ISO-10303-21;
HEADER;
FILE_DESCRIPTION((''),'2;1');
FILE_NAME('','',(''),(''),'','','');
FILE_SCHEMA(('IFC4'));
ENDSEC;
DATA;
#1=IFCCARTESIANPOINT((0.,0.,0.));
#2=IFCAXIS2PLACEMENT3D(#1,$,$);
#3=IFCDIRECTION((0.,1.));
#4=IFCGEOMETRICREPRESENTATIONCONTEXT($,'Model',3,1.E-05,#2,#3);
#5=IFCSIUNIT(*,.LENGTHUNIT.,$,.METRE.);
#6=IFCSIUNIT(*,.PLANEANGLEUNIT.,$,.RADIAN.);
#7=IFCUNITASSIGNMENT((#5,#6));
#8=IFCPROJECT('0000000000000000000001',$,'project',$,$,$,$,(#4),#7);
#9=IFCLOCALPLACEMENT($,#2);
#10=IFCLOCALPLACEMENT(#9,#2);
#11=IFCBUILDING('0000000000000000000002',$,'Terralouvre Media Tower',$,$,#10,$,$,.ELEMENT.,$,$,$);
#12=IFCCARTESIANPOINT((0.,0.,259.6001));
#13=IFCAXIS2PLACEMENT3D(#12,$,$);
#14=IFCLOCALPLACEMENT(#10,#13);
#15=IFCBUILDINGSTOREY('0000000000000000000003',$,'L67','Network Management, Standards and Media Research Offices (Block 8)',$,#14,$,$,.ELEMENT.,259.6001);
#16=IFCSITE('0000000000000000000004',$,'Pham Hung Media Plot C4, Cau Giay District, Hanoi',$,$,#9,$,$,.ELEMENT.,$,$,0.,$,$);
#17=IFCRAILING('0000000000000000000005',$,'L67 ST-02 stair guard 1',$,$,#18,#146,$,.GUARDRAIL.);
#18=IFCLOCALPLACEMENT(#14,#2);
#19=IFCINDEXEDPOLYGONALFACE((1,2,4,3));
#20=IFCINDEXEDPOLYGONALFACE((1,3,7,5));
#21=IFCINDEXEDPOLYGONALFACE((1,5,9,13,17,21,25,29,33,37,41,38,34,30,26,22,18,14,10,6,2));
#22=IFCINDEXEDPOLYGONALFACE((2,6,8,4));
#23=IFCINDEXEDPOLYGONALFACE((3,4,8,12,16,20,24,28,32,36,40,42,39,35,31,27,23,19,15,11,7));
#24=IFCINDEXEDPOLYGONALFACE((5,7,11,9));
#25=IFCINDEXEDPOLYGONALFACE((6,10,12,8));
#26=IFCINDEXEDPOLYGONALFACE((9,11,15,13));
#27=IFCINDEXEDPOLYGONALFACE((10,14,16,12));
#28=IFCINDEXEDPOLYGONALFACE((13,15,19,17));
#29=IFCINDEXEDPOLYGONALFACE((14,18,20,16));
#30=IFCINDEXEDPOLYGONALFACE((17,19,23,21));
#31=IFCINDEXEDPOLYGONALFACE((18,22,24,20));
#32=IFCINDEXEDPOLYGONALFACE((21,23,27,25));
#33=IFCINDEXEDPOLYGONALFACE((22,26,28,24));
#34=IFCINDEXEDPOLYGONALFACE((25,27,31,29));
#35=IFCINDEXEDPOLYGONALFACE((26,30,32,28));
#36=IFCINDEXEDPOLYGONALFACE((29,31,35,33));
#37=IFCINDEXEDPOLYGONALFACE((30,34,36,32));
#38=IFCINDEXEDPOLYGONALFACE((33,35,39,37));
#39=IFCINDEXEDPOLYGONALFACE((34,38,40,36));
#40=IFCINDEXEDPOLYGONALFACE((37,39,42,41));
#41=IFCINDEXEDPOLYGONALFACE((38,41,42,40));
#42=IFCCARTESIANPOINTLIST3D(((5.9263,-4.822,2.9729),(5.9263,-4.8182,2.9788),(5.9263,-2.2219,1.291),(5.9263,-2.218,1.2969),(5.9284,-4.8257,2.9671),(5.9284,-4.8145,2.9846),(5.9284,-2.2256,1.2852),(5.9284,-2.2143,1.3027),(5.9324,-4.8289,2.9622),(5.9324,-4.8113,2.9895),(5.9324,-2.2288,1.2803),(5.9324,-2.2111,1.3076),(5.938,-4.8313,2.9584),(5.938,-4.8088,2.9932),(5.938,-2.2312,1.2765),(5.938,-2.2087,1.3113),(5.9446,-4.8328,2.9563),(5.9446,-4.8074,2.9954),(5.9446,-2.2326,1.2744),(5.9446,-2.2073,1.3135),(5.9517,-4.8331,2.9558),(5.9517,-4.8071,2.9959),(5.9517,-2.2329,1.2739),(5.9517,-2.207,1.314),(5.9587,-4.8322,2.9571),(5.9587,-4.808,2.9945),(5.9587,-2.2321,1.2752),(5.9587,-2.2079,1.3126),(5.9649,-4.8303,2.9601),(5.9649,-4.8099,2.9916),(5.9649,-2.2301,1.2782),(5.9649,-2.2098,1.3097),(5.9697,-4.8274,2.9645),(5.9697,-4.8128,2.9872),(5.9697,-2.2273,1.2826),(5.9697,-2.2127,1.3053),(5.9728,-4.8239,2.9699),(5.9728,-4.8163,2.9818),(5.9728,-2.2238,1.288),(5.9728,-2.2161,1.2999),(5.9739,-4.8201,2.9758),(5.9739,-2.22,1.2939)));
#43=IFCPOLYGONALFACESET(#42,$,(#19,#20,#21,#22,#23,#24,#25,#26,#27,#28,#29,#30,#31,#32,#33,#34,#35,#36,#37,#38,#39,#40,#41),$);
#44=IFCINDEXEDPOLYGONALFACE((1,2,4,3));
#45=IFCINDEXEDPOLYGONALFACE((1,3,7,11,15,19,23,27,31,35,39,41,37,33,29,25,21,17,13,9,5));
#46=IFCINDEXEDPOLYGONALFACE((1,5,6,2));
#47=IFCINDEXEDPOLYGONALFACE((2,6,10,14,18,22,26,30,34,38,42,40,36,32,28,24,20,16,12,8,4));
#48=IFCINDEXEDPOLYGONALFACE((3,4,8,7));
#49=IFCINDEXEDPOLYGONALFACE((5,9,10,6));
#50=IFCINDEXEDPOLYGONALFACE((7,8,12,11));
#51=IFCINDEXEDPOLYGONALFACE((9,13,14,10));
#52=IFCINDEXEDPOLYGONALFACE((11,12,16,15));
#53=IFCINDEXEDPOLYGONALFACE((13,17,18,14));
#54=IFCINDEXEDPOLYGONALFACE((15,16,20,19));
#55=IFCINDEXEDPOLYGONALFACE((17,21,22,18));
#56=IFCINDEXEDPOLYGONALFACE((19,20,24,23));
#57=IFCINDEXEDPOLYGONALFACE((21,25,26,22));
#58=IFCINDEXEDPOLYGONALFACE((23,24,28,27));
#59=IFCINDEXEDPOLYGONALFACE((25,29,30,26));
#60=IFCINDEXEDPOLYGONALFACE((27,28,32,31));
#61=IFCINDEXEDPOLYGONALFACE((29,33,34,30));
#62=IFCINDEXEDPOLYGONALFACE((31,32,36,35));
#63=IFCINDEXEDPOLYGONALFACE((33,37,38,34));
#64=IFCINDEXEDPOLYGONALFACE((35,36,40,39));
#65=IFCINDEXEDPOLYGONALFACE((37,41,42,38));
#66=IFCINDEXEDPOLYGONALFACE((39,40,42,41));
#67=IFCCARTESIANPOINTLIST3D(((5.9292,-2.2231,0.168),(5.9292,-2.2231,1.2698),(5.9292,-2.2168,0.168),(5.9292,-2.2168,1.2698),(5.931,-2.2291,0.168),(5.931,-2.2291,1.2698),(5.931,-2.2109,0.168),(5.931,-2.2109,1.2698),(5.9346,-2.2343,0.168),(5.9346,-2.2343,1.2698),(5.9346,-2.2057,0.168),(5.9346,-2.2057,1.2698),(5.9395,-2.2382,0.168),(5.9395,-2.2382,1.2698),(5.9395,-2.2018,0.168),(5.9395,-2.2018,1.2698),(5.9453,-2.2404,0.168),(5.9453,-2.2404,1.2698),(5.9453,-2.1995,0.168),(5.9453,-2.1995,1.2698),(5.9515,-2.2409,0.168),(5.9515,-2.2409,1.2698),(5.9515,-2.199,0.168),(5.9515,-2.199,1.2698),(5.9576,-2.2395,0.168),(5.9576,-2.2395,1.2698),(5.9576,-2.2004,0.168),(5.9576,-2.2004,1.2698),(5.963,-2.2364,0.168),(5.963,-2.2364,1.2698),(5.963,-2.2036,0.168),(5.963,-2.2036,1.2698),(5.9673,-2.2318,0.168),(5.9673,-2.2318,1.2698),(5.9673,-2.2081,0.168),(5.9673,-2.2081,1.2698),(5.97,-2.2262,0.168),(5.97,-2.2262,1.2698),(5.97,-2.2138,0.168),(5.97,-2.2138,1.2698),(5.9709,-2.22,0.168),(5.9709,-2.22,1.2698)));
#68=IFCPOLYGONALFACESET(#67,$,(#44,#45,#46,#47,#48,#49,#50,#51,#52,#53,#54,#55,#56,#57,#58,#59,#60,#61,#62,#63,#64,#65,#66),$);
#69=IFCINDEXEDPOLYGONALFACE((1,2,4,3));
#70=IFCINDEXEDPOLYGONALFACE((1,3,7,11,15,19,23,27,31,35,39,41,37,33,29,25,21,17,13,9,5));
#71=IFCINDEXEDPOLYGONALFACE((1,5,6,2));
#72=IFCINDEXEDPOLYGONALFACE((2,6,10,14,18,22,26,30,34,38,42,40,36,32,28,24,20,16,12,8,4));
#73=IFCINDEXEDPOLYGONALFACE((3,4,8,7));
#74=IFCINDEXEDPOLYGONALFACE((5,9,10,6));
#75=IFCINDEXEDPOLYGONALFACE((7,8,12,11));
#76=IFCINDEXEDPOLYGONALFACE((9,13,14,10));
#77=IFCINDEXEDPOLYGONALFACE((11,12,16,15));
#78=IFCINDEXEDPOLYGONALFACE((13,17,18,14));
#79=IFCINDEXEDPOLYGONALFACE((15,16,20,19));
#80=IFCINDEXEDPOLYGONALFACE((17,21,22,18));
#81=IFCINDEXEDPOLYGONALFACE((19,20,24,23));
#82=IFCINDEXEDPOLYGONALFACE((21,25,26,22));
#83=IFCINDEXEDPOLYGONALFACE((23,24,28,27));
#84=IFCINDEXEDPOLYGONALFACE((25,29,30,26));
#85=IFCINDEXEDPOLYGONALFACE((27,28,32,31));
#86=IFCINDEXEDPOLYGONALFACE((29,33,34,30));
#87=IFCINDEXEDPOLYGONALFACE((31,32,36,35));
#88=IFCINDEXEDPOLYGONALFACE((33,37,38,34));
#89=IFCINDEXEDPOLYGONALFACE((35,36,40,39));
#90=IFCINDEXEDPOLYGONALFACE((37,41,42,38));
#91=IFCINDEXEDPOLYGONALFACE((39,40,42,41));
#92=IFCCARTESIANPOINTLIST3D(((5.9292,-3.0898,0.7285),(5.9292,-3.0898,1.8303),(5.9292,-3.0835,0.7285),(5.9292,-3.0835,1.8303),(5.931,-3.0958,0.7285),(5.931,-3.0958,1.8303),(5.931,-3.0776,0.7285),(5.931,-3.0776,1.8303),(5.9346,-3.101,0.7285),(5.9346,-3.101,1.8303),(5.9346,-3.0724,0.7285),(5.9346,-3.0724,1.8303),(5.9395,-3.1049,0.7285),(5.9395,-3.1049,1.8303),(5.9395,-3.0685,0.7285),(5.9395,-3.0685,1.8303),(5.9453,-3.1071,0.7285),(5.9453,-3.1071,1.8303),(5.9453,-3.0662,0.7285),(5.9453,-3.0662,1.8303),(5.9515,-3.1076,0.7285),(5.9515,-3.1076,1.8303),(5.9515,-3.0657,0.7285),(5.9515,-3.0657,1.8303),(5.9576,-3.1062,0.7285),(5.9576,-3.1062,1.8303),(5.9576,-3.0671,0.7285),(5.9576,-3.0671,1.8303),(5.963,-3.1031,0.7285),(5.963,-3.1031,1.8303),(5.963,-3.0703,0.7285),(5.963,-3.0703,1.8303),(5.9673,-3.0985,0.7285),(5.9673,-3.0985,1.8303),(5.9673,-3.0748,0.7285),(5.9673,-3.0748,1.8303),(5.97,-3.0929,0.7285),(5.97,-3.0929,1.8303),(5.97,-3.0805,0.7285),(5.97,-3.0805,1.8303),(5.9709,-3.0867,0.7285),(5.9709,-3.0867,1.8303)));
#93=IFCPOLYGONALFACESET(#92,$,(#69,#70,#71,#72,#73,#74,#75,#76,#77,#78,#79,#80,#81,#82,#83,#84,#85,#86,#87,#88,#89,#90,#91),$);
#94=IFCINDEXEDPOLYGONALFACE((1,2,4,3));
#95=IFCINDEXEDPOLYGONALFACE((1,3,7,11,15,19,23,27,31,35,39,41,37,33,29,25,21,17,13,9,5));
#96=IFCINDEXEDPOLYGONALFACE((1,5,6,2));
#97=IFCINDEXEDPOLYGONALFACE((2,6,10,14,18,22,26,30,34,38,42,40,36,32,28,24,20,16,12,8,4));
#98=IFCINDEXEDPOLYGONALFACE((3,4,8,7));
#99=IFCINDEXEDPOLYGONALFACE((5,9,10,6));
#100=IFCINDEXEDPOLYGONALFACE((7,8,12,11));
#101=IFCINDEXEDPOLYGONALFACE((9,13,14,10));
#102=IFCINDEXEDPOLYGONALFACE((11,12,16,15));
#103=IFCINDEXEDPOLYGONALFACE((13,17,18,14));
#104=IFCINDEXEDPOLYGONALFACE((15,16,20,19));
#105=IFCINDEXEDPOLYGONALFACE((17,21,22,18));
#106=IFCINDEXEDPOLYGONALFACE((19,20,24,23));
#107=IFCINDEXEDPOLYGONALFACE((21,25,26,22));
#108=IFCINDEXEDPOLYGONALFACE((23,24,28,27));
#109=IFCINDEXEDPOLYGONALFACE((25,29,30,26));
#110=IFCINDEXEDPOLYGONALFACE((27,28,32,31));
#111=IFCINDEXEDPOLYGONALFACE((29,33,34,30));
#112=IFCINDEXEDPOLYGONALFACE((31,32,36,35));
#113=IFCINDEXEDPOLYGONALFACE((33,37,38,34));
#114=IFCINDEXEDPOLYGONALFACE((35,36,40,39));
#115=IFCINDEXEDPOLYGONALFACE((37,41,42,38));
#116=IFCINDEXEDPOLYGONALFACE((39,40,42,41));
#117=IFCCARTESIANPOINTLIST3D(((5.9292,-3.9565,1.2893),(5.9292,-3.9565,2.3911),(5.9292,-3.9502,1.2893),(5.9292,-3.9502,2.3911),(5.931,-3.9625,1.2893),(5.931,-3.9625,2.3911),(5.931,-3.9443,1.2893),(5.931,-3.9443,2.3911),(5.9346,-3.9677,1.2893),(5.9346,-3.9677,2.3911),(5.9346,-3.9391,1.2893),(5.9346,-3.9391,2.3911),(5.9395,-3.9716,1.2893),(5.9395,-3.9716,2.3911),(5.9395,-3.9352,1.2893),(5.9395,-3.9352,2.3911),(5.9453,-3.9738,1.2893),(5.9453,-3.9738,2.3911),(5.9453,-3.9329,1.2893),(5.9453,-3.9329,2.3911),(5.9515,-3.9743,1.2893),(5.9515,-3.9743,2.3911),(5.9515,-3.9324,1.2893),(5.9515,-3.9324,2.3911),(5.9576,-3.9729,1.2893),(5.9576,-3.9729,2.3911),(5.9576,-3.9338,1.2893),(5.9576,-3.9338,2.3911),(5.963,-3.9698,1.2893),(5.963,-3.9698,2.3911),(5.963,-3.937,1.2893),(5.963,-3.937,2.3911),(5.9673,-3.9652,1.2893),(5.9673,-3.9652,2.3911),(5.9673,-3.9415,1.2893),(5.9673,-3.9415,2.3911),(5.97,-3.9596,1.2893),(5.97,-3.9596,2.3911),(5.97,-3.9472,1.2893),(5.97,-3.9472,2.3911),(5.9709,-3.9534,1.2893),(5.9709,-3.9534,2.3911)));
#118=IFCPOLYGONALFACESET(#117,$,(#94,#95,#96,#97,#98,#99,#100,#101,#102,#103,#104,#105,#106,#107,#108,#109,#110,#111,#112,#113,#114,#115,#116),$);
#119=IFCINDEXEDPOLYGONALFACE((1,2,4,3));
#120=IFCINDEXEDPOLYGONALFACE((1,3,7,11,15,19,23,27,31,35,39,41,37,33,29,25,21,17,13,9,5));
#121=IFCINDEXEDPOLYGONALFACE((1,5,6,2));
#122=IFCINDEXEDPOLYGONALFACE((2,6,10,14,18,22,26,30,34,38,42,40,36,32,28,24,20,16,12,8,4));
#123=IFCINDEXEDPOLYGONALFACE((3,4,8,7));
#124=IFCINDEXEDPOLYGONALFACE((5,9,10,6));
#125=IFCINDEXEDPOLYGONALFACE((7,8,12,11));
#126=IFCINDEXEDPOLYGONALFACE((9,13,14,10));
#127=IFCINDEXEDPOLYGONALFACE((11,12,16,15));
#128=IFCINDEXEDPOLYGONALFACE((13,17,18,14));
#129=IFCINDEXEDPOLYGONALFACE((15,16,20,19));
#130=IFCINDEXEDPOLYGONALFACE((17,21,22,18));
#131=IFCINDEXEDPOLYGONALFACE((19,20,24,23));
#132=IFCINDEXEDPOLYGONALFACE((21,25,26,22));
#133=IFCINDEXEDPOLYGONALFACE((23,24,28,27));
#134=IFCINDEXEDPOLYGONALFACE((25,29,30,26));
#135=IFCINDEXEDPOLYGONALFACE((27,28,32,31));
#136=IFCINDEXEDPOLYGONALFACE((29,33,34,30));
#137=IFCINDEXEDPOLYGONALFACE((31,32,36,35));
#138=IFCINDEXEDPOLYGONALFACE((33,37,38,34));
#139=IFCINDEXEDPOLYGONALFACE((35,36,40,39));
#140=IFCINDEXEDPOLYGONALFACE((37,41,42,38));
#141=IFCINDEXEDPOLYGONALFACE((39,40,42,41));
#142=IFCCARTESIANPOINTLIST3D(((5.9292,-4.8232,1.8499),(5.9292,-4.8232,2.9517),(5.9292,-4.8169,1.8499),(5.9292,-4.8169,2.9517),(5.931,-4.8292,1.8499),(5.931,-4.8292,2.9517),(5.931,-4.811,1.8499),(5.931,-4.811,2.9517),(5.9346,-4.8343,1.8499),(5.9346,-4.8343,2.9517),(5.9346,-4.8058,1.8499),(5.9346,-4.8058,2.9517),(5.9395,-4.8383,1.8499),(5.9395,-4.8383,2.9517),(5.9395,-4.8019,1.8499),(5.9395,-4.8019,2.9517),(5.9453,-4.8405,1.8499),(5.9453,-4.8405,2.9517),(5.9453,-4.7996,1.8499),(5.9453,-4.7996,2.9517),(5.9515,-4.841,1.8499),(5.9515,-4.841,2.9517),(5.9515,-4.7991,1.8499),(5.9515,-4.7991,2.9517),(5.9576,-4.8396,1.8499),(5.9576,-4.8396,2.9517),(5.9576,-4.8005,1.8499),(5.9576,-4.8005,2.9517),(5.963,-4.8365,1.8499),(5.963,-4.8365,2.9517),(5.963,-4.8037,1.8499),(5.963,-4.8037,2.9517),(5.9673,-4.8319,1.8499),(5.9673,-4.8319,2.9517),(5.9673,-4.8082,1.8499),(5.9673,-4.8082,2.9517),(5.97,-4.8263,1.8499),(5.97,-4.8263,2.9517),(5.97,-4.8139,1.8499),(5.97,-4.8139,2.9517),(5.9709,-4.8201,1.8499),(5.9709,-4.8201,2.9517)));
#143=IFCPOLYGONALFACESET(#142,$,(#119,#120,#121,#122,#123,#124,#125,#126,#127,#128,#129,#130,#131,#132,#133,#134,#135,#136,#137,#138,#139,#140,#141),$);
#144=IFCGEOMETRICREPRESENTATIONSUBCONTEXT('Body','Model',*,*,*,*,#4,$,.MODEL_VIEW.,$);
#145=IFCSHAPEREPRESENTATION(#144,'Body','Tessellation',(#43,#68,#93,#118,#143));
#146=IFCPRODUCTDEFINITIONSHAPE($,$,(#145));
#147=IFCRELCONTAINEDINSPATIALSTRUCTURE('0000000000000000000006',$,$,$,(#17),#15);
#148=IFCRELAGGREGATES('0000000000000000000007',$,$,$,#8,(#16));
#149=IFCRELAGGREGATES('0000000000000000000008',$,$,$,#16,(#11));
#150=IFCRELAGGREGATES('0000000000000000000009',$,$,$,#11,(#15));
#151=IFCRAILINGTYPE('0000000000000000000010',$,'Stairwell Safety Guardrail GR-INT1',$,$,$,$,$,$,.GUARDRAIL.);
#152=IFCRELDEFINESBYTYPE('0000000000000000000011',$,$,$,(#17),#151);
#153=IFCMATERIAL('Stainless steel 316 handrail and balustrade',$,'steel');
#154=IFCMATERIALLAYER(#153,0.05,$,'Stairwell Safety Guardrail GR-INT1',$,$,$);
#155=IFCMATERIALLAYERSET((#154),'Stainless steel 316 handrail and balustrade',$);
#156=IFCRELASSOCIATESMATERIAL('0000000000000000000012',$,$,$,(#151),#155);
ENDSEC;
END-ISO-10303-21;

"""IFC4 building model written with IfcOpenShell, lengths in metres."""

from ifc_helpers import new_model, si_unit, direction, frame, origin, origin_2d, place, context, subcontext, project, spatial, circle, extrude, material, layer, layer_set, type_object, element, save


model = new_model("IFC4")

# Units and contexts
model_context = context("Model", 3, precision=1e-05, world=origin(), true_north=direction((0.0, 1.0)))
body_context = subcontext(model_context, "Body", "Model", "MODEL_VIEW")
ifc_project = project(units=[si_unit("LENGTHUNIT", "METRE"), si_unit("PLANEANGLEUNIT", "RADIAN")], contexts=[model_context])

# Site, building, storey
site_placement = place(None, origin())
site = spatial("IfcSite", under=ifc_project, at=site_placement, Name="Pham Hung Media Plot C4, Cau Giay District, Hanoi", CompositionType="ELEMENT", RefElevation=0.0)
building_placement = place(site_placement, origin())
building = spatial("IfcBuilding", under=site, at=building_placement, Name="Terralouvre Media Tower", CompositionType="ELEMENT")
storey_placement = place(building_placement, frame((0.0, 0.0, 259.6001)))
storey = spatial("IfcBuildingStorey", under=building, at=storey_placement, Name="L67", Description="Network Management, Standards and Media Research Offices (Block 8)", CompositionType="ELEMENT", Elevation=259.6001)

# Railing
ifc_material_1 = material(Name="Stainless steel 316 handrail and balustrade", Category="steel")
ifc_layer_1 = layer(ifc_material_1, 0.05, Name="Stairwell Safety Guardrail GR-INT1")
ifc_layer_set_1 = layer_set([ifc_layer_1], Name="Stainless steel 316 handrail and balustrade")
railing_type_1 = type_object("IfcRailingType", Name="Stairwell Safety Guardrail GR-INT1", PredefinedType="GUARDRAIL", material=ifc_layer_set_1)
railing_1_placement = place(storey_placement, frame((5.95, -2.22, 0.168)))
element("IfcRailing", 1, at=railing_1_placement, inside=storey, type_object=railing_type_1, Name="L67 ST-02 stair guard 1", PredefinedType="GUARDRAIL", context=body_context, shape_type="SweptSolid", body=[
    extrude(circle(Radius=0.0239, at=origin_2d()), frame((0.0, 0.0, 1.126), z_axis=(0.0, -0.839648, 0.54313), x_axis=(1.0, 0.0, 0.0)), (0.0, 0.0, 1.0), 3.0967),
    extrude(circle(Radius=0.021, at=origin_2d()), origin(), (0.0, 0.0, 1.0), 1.1018),
    extrude(circle(Radius=0.021, at=origin_2d()), frame((0.0, -0.8667, 0.5605)), (0.0, 0.0, 1.0), 1.1018),
    extrude(circle(Radius=0.021, at=origin_2d()), frame((0.0, -1.7334, 1.1213)), (0.0, 0.0, 1.0), 1.1018),
    extrude(circle(Radius=0.021, at=origin_2d()), frame((0.0, -2.6001, 1.6819)), (0.0, 0.0, 1.0), 1.1018),
])

save(model, "model.ifc")
